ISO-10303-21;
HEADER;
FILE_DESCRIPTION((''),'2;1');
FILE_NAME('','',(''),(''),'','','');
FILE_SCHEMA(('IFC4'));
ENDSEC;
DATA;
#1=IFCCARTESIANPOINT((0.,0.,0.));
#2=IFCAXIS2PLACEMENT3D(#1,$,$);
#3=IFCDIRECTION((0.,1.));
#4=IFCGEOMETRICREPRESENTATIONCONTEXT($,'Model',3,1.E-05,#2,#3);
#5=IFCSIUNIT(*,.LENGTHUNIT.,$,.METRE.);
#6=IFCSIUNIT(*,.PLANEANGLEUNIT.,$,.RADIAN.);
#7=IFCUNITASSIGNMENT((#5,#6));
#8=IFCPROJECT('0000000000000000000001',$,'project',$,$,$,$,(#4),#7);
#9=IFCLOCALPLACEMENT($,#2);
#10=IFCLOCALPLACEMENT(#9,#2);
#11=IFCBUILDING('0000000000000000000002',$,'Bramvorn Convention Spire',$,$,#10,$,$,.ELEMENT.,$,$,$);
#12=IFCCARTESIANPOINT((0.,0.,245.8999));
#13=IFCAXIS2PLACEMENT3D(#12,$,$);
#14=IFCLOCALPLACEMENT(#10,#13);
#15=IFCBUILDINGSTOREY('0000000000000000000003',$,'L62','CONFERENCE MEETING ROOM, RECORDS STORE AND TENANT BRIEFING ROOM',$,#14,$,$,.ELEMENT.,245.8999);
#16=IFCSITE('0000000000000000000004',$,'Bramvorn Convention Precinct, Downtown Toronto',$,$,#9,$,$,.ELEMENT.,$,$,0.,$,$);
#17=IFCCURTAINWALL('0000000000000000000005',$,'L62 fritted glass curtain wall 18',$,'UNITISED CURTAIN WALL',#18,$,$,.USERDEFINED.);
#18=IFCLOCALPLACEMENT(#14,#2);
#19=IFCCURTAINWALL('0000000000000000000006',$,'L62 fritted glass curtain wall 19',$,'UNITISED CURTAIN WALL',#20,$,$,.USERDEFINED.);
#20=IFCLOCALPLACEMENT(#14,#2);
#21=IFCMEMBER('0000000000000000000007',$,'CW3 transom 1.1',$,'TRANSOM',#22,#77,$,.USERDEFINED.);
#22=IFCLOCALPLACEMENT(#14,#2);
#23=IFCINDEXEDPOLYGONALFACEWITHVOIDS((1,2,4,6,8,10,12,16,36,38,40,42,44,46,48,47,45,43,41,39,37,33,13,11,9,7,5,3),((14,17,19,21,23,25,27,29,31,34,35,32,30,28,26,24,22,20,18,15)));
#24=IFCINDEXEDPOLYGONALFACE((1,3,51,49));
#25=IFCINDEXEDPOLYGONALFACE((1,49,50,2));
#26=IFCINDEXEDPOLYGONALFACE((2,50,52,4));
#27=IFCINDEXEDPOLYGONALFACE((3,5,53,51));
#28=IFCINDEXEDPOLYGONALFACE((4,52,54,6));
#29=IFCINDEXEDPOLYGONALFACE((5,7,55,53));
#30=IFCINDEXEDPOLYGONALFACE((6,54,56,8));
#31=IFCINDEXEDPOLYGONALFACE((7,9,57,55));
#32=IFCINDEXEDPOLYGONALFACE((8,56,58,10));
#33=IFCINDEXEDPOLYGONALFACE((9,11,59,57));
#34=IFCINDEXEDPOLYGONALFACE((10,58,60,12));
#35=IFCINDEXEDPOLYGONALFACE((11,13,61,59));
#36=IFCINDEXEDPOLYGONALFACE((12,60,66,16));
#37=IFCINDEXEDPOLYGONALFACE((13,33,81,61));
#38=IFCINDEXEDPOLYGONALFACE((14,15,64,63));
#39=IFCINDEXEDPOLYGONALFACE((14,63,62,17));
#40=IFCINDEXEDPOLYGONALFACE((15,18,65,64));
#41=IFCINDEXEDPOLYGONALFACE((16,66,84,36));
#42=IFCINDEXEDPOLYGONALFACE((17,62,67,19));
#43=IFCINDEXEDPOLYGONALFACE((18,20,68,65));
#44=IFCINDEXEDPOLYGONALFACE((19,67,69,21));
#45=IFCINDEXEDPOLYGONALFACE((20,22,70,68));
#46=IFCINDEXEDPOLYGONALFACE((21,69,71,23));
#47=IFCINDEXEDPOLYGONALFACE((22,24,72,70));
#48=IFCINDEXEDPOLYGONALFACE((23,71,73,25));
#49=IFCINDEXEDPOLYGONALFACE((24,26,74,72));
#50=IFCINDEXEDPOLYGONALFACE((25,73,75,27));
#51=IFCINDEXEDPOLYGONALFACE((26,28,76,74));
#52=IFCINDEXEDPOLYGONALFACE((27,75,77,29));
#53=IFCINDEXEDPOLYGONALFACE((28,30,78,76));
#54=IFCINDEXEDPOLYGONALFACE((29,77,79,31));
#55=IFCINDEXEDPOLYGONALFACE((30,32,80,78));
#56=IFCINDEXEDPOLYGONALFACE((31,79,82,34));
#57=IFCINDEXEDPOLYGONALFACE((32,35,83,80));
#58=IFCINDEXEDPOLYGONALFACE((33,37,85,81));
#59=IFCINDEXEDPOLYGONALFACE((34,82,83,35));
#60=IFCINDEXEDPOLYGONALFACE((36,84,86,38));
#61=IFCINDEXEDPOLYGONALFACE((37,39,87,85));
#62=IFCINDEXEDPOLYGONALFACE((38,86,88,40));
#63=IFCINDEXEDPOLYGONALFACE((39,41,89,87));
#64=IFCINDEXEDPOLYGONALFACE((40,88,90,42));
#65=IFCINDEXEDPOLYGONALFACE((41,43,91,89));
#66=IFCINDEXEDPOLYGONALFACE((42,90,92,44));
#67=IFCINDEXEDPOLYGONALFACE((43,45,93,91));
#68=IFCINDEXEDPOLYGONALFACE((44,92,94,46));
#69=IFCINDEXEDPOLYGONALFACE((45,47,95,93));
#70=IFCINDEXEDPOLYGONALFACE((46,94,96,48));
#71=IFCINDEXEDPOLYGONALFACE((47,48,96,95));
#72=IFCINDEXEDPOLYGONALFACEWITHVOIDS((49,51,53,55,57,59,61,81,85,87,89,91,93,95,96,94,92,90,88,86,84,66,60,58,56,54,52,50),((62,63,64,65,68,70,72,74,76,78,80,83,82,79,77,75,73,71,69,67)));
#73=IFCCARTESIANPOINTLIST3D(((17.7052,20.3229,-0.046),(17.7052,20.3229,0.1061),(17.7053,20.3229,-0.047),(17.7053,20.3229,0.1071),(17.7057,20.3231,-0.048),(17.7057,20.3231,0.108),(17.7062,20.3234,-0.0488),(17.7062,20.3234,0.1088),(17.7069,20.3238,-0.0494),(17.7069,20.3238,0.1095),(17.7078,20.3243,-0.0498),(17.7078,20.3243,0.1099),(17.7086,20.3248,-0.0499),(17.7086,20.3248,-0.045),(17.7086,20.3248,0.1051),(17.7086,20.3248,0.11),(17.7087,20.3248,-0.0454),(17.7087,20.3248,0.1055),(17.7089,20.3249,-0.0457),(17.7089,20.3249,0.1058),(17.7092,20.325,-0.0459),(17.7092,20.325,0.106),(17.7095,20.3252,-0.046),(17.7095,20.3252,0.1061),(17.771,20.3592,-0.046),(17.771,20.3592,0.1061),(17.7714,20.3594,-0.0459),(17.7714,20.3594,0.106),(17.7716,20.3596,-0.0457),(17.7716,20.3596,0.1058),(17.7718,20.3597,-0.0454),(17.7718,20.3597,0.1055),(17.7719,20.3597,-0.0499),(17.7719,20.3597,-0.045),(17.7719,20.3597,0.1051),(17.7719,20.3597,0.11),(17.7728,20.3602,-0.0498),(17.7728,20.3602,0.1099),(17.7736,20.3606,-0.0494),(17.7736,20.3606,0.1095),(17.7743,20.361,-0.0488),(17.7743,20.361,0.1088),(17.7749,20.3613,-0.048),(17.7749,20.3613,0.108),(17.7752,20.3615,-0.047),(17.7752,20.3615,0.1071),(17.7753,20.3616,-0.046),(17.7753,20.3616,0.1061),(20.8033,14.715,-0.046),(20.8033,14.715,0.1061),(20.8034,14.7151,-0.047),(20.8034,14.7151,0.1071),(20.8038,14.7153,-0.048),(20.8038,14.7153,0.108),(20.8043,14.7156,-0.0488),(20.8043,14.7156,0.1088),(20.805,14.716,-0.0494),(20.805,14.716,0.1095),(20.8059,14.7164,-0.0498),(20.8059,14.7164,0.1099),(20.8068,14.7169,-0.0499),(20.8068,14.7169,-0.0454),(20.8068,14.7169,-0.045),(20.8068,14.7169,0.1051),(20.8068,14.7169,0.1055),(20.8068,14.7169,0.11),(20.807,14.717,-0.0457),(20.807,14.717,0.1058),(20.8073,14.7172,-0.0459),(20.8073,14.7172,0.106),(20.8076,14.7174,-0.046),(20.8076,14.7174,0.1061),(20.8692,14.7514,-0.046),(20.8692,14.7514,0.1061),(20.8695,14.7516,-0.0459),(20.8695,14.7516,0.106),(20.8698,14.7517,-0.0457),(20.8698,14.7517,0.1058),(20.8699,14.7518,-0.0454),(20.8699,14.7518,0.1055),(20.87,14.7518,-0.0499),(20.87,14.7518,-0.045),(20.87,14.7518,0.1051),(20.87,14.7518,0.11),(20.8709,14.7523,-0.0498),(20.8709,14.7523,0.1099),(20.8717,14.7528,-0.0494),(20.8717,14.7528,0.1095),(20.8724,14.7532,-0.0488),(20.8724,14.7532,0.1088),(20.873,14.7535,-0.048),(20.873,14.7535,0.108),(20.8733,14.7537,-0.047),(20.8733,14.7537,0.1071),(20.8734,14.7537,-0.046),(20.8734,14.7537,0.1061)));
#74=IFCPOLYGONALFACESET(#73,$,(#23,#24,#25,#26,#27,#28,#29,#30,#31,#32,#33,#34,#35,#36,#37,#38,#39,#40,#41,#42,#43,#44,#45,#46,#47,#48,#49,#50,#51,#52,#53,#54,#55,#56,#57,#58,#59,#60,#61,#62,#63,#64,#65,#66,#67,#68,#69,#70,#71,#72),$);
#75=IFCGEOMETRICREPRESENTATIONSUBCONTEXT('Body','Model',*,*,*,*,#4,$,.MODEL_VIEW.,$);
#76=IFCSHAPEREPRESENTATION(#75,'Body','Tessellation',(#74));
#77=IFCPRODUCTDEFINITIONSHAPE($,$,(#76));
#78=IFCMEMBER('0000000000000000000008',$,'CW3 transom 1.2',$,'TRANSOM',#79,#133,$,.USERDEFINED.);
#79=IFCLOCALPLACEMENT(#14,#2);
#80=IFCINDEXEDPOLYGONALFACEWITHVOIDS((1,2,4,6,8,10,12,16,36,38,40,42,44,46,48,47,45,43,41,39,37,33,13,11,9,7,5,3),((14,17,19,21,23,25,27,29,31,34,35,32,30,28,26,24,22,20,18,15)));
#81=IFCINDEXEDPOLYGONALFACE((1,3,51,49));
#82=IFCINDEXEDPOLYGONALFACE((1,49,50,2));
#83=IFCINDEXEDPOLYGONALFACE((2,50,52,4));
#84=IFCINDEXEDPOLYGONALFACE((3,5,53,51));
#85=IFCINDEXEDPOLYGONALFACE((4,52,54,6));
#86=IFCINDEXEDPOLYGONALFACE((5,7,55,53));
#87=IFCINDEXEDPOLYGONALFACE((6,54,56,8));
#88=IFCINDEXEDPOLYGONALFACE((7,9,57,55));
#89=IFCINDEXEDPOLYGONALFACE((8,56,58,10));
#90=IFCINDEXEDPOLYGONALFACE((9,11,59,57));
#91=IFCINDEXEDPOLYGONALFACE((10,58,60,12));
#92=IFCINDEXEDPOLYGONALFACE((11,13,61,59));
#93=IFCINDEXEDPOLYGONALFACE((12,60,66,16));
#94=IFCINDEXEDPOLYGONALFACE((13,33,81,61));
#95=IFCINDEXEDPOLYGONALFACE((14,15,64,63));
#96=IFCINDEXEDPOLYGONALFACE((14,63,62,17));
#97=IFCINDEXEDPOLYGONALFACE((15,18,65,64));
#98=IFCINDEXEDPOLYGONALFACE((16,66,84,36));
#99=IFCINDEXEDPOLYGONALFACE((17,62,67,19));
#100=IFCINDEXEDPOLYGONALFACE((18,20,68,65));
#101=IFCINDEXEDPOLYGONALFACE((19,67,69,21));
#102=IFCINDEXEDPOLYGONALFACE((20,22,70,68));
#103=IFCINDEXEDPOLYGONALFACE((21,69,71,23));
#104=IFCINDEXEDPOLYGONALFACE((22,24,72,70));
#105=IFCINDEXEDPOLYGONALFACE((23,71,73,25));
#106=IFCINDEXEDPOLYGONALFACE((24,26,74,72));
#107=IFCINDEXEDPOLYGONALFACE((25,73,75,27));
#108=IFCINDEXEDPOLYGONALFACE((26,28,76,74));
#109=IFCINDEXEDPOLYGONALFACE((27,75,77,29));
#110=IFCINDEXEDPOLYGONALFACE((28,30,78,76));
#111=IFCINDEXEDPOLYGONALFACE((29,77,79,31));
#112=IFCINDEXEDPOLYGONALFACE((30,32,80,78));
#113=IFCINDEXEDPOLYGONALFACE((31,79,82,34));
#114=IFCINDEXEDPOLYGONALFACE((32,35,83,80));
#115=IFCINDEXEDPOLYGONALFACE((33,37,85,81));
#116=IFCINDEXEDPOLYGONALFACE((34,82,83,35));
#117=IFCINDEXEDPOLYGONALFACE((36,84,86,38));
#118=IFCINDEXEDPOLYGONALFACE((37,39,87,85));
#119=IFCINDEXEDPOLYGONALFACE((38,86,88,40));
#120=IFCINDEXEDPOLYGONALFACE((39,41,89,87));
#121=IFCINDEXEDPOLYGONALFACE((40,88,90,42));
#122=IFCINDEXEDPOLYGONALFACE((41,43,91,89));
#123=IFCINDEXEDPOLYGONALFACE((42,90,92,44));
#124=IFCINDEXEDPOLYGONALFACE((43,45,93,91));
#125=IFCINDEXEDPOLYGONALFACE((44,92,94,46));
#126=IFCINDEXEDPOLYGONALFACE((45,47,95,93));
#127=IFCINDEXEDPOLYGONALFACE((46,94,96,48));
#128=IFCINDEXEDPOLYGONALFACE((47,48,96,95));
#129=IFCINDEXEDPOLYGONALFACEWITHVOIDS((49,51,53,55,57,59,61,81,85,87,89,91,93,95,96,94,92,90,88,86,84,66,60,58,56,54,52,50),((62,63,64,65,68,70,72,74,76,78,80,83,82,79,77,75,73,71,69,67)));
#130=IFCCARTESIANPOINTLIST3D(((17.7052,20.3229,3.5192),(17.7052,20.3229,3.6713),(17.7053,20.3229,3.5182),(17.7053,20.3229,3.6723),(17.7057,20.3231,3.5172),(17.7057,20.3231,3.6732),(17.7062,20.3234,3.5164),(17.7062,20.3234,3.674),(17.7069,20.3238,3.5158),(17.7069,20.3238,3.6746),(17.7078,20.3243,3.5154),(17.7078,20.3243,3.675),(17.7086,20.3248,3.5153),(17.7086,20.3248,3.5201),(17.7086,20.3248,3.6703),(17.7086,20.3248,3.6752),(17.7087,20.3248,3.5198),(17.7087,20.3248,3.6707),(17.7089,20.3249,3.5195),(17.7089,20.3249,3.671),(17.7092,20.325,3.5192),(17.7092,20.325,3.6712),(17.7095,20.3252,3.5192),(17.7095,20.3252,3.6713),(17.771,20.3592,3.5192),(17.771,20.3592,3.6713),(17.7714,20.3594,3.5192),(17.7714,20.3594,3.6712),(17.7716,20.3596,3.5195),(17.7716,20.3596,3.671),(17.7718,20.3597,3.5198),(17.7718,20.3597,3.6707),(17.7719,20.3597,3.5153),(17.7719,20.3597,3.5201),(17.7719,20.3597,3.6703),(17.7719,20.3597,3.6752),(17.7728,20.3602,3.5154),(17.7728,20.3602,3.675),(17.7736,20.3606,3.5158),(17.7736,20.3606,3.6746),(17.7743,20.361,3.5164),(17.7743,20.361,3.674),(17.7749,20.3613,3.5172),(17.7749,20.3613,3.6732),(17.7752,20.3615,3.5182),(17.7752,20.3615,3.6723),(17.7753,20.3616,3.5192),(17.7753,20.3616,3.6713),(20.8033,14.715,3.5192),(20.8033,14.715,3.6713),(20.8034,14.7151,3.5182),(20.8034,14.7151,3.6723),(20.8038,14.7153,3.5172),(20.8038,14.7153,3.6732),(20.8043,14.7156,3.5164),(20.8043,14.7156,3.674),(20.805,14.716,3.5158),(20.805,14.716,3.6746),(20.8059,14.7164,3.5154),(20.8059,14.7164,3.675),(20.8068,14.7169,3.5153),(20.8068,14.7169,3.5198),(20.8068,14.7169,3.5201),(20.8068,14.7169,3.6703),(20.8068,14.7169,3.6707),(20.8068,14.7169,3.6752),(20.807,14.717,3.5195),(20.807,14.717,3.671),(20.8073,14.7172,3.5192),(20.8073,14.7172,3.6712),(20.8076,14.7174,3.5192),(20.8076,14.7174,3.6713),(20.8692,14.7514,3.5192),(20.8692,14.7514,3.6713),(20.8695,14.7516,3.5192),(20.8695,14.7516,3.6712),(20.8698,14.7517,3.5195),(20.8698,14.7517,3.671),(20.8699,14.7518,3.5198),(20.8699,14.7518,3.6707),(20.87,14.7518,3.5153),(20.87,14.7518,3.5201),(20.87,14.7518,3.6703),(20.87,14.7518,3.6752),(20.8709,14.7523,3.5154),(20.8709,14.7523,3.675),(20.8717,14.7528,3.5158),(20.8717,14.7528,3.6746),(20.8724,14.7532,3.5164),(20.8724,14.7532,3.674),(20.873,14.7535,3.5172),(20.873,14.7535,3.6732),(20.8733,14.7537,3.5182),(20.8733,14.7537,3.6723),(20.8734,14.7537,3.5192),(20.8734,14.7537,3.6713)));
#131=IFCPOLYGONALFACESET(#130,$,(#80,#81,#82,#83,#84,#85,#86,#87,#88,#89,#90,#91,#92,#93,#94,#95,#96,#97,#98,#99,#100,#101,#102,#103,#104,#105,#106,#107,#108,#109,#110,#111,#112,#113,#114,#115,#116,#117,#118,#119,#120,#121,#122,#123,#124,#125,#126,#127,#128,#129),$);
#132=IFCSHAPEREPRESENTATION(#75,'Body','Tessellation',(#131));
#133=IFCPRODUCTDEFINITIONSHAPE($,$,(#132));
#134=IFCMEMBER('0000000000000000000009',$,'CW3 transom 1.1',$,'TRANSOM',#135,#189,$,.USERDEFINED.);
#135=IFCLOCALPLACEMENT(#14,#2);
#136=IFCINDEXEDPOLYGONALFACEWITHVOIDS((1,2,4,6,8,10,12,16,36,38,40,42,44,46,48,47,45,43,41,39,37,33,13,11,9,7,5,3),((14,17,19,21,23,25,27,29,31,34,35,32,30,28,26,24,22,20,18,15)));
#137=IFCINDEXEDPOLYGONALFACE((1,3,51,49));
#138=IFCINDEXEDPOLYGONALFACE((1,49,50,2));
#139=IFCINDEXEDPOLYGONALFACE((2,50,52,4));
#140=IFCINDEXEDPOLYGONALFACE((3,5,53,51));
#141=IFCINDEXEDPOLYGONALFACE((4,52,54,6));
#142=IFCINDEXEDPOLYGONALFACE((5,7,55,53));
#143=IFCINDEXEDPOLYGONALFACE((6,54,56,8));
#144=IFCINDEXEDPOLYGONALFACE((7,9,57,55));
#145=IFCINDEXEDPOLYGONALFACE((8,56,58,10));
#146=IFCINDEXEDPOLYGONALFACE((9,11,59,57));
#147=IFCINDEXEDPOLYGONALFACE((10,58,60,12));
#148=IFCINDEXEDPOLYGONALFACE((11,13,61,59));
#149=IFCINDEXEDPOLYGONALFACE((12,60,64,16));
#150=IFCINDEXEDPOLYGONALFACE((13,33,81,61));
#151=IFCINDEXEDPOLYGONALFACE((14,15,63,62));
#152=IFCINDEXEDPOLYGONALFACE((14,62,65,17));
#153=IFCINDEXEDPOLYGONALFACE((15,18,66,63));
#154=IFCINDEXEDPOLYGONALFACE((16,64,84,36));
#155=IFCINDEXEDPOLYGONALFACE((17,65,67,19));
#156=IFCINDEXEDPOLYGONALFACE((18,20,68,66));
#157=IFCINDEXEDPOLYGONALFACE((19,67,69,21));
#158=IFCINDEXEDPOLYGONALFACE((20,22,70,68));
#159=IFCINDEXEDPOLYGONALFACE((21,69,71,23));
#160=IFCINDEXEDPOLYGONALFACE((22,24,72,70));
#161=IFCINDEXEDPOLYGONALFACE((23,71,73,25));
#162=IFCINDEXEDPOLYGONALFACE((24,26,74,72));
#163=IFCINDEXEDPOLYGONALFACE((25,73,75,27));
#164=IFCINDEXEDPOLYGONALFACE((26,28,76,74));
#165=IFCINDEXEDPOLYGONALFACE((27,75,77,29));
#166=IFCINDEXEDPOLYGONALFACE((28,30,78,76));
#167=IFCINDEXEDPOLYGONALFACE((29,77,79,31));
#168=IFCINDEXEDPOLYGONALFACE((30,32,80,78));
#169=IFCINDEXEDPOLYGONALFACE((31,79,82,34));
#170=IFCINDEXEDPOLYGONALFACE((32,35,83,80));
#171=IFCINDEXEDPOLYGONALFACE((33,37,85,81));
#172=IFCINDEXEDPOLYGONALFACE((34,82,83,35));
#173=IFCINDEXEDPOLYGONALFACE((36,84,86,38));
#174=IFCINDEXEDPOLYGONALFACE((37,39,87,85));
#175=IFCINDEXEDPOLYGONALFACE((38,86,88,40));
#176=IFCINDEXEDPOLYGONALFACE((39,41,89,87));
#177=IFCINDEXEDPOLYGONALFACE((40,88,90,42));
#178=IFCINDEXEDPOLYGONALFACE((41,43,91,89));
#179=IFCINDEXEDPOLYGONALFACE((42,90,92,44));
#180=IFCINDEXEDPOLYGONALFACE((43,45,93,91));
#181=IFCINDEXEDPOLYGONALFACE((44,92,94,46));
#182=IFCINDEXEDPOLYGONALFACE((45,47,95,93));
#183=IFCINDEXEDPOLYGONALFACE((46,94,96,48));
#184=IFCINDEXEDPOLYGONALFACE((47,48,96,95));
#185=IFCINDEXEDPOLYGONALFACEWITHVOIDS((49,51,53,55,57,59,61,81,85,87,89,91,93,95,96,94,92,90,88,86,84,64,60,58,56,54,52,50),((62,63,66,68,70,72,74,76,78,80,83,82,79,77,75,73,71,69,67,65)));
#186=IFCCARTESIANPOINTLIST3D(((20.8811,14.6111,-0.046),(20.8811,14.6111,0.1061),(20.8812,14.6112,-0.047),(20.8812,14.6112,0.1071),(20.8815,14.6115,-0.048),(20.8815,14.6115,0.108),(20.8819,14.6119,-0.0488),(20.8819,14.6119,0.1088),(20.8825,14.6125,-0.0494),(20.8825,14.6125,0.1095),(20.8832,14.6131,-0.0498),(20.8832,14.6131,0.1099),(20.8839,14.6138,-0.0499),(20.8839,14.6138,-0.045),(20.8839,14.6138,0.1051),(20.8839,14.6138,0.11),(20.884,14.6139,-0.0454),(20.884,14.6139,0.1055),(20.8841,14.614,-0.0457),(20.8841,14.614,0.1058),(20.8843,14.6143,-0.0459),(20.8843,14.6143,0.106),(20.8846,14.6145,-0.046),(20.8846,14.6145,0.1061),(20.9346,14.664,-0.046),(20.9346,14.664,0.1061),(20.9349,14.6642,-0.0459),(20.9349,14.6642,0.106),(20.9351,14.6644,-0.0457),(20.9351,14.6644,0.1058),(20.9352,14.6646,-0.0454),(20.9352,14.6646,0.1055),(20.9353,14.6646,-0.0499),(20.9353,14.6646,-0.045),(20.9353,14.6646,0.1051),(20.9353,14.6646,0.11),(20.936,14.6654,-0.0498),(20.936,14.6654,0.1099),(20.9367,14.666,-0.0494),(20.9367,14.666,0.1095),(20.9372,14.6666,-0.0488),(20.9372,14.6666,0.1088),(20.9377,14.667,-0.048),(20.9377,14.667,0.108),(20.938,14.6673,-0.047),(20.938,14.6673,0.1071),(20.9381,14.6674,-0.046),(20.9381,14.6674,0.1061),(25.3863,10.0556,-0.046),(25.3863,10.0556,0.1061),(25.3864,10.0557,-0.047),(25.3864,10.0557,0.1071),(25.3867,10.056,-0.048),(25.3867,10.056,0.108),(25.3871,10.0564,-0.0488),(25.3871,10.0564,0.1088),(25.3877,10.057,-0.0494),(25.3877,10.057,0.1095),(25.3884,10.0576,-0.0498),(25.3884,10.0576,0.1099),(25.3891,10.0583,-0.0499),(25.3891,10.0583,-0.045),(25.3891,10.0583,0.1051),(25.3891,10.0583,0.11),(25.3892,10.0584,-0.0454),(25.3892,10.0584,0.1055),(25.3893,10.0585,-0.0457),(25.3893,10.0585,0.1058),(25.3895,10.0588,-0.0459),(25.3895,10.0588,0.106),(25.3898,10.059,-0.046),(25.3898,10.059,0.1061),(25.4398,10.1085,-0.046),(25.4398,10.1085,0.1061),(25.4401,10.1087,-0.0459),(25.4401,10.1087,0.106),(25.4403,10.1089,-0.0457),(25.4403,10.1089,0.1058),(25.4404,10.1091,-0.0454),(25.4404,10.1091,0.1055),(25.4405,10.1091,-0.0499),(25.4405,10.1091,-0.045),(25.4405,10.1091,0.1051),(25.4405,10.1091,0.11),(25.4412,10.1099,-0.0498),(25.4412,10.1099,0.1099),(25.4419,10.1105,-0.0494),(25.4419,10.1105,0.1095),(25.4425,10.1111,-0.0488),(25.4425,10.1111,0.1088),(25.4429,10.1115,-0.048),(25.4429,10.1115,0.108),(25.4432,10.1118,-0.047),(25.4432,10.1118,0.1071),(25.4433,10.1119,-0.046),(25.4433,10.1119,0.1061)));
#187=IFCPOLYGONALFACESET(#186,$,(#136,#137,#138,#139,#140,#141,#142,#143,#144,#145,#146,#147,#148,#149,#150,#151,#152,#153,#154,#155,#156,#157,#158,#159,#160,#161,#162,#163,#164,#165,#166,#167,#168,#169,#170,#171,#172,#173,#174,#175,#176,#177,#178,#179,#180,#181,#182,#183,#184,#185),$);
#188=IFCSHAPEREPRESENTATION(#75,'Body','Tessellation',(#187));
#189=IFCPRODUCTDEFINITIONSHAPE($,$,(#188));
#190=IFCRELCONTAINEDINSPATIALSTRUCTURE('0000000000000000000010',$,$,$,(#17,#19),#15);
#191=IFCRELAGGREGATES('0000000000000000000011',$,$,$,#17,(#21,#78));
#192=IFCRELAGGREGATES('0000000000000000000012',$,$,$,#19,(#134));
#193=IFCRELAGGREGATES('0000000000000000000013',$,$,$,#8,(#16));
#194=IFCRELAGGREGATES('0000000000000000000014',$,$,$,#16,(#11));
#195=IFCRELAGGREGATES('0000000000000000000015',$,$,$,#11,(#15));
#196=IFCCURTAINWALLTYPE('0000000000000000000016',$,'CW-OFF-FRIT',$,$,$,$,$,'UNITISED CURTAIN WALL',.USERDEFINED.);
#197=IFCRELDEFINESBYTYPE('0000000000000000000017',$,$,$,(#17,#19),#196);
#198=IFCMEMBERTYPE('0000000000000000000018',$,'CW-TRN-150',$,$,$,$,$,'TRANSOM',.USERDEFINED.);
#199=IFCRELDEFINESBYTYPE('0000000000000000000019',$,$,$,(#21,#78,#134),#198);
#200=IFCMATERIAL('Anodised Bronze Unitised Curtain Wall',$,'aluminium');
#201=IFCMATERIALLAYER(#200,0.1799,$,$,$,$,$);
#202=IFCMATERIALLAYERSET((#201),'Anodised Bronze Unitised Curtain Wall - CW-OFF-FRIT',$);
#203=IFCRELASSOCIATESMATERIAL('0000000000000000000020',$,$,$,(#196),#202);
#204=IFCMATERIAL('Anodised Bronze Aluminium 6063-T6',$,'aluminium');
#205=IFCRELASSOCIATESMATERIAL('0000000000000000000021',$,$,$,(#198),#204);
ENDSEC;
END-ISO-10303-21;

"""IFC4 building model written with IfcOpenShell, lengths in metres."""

from ifc_helpers import new_model, si_unit, direction, frame, origin, origin_2d, place, context, subcontext, project, spatial, hollow_rectangle, extrude, material, layer, layer_set, material_profile, profile_set, type_object, element, aggregate, save


model = new_model("IFC4")

# Units and contexts
model_context = context("Model", 3, precision=1e-05, world=origin(), true_north=direction((0.0, 1.0)))
body_context = subcontext(model_context, "Body", "Model", "MODEL_VIEW")
ifc_project = project(units=[si_unit("LENGTHUNIT", "METRE"), si_unit("PLANEANGLEUNIT", "RADIAN")], contexts=[model_context])

# Site, building, storey
site_placement = place(None, origin())
site = spatial("IfcSite", under=ifc_project, at=site_placement, Name="Bramvorn Convention Precinct, Downtown Toronto", CompositionType="ELEMENT", RefElevation=0.0)
building_placement = place(site_placement, origin())
building = spatial("IfcBuilding", under=site, at=building_placement, Name="Bramvorn Convention Spire", CompositionType="ELEMENT")
storey_placement = place(building_placement, frame((0.0, 0.0, 245.8999)))
storey = spatial("IfcBuildingStorey", under=building, at=storey_placement, Name="L62", Description="CONFERENCE MEETING ROOM, RECORDS STORE AND TENANT BRIEFING ROOM", CompositionType="ELEMENT", Elevation=245.8999)

# Curtain walls
ifc_material_1 = material(Name="Anodised Bronze Unitised Curtain Wall", Category="aluminium")
ifc_layer_1 = layer(ifc_material_1, 0.1799)
ifc_layer_set_1 = layer_set([ifc_layer_1], Name="Anodised Bronze Unitised Curtain Wall - CW-OFF-FRIT")
curtain_wall_type = type_object("IfcCurtainWallType", Name="CW-OFF-FRIT", ElementType="UNITISED CURTAIN WALL", PredefinedType="USERDEFINED", material=ifc_layer_set_1)
ifc_material_2 = material(Name="Anodised Bronze Aluminium 6063-T6", Category="aluminium")
curtain_wall_1_placement = place(storey_placement, origin())
curtain_wall_1 = element("IfcCurtainWall", 1, at=curtain_wall_1_placement, inside=storey, type_object=curtain_wall_type, Name="L62 fritted glass curtain wall 18", ObjectType="UNITISED CURTAIN WALL", PredefinedType="USERDEFINED")
curtain_wall_2_placement = place(storey_placement, origin())
curtain_wall_2 = element("IfcCurtainWall", 2, at=curtain_wall_2_placement, inside=storey, type_object=curtain_wall_type, Name="L62 fritted glass curtain wall 19", ObjectType="UNITISED CURTAIN WALL", PredefinedType="USERDEFINED")

# Members
ifc_material_profile_1 = material_profile(ifc_material_2, hollow_rectangle(XDim=0.0801, YDim=0.1599, WallThickness=0.0039, InnerFilletRadius=0.001, OuterFilletRadius=0.0039, at=origin_2d()))
ifc_profile_set_1 = profile_set([ifc_material_profile_1], Name="Anodised Bronze Aluminium 6063-T6 - CWT80X160")
member_type_1 = type_object("IfcMemberType", Name="CW-TRN-150", ElementType="TRANSOM", PredefinedType="USERDEFINED", material=ifc_profile_set_1)
member_1_placement = place(storey_placement, frame((20.8384, 14.7344, 0.03), z_axis=(-0.483571, 0.875305, 0.0), x_axis=(-0.875305, -0.483571, 0.0)))
member_1 = element("IfcMember", 3, at=member_1_placement, type_object=member_type_1, Name="CW3 transom 1.1", ObjectType="TRANSOM", PredefinedType="USERDEFINED", context=body_context, shape_type="SweptSolid", body=[
    extrude(hollow_rectangle(XDim=0.0801, YDim=0.1599, WallThickness=0.0039, InnerFilletRadius=0.001, OuterFilletRadius=0.0039, at=origin_2d()), origin(), (0.0, 0.0, 1.0), 6.4067),
])
member_2_placement = place(storey_placement, frame((20.8384, 14.7344, 3.5952), z_axis=(-0.483571, 0.875305, 0.0), x_axis=(-0.875305, -0.483571, 0.0)))
member_2 = element("IfcMember", 4, at=member_2_placement, type_object=member_type_1, Name="CW3 transom 1.2", ObjectType="TRANSOM", PredefinedType="USERDEFINED", context=body_context, shape_type="SweptSolid", body=[
    extrude(hollow_rectangle(XDim=0.0801, YDim=0.1599, WallThickness=0.0039, InnerFilletRadius=0.001, OuterFilletRadius=0.0039, at=origin_2d()), origin(), (0.0, 0.0, 1.0), 6.4067),
])
member_3_placement = place(storey_placement, frame((25.4148, 10.0837, 0.03), z_axis=(-0.703171, 0.711021, 0.0), x_axis=(-0.711021, -0.703171, 0.0)))
member_3 = element("IfcMember", 5, at=member_3_placement, type_object=member_type_1, Name="CW3 transom 1.1", ObjectType="TRANSOM", PredefinedType="USERDEFINED", context=body_context, shape_type="SweptSolid", body=[
    extrude(hollow_rectangle(XDim=0.0801, YDim=0.1599, WallThickness=0.0039, InnerFilletRadius=0.001, OuterFilletRadius=0.0039, at=origin_2d()), origin(), (0.0, 0.0, 1.0), 6.407),
])

aggregate(curtain_wall_1, [member_1, member_2])
aggregate(curtain_wall_2, [member_3])

save(model, "model.ifc")
